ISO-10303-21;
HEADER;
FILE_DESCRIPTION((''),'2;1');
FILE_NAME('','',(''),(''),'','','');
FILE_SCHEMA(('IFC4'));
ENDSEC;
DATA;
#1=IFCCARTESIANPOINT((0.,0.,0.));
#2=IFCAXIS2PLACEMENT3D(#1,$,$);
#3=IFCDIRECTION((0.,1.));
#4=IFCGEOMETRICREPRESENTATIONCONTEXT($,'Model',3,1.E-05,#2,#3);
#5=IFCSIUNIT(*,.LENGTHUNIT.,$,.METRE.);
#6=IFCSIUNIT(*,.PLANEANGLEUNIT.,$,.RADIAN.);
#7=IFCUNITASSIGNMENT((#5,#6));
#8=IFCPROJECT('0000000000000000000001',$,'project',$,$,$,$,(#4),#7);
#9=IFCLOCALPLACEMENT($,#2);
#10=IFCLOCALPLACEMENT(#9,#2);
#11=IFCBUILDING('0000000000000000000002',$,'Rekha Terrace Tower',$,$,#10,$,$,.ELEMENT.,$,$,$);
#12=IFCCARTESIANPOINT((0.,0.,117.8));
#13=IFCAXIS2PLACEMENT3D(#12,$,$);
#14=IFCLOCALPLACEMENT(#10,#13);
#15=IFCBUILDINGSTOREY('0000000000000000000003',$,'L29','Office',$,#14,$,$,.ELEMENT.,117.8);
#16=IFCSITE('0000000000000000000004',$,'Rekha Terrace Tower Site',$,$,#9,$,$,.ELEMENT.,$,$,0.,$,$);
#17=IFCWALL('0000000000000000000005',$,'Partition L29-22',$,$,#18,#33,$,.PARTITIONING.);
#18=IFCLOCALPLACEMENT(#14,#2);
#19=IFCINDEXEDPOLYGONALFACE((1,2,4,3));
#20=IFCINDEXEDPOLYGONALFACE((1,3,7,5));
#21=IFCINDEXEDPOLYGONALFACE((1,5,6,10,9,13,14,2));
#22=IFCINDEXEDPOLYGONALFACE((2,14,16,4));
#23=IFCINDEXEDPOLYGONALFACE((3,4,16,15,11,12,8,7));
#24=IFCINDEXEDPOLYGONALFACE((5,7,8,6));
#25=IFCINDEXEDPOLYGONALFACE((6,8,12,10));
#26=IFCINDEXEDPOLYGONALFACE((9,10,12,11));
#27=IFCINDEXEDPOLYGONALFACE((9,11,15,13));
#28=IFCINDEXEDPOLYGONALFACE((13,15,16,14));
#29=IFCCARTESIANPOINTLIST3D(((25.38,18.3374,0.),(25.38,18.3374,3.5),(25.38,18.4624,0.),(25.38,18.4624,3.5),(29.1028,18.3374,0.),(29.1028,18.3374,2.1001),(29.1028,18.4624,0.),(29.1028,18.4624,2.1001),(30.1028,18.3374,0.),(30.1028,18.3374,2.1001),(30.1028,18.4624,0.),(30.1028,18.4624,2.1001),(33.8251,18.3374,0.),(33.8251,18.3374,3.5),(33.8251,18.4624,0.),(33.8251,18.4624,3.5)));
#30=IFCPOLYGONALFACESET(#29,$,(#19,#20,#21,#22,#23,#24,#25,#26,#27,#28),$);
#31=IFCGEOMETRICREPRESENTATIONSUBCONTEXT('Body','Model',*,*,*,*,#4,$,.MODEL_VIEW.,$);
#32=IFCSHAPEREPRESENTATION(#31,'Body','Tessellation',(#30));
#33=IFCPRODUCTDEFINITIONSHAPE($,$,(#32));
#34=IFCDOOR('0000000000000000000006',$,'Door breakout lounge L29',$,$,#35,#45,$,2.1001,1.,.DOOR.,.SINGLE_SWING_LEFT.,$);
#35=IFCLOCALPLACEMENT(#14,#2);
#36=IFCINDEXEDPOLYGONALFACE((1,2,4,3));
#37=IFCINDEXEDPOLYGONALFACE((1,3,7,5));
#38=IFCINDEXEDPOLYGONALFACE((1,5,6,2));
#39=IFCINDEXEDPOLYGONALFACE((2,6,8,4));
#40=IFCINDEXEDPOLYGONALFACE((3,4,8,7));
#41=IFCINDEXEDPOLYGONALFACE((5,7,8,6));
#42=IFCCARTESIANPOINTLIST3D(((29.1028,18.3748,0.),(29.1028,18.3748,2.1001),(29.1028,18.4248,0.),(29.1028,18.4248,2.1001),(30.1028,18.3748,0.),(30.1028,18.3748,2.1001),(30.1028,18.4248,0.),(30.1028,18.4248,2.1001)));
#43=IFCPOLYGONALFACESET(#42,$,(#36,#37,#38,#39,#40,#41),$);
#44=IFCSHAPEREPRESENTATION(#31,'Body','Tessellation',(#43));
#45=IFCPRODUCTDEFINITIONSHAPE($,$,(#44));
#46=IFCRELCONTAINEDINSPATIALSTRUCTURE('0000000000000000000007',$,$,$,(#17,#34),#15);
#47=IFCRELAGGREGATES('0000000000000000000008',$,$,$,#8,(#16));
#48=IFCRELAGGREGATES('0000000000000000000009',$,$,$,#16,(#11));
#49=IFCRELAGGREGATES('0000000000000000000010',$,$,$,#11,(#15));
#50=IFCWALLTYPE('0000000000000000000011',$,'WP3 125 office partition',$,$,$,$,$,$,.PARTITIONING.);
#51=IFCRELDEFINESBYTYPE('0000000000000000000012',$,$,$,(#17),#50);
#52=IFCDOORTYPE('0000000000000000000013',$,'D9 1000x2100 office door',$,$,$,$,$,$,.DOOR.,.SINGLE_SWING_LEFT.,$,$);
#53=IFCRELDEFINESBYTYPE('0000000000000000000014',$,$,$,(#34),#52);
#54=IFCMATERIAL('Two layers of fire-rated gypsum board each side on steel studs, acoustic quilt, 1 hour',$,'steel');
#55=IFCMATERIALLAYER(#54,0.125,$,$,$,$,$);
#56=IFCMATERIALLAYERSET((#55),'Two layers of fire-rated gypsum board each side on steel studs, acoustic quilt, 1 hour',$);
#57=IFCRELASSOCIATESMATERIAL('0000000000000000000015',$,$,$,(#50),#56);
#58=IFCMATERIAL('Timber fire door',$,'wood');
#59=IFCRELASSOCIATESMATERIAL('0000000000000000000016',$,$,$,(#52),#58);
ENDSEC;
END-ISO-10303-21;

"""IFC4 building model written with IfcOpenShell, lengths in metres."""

from ifc_helpers import new_model, si_unit, direction, frame, frame_2d, origin, place, context, subcontext, project, spatial, rectangle, extrude, material, layer, layer_set, type_object, element, fill, save


model = new_model("IFC4")

# Units and contexts
model_context = context("Model", 3, precision=1e-05, world=origin(), true_north=direction((0.0, 1.0)))
body_context = subcontext(model_context, "Body", "Model", "MODEL_VIEW")
ifc_project = project(units=[si_unit("LENGTHUNIT", "METRE"), si_unit("PLANEANGLEUNIT", "RADIAN")], contexts=[model_context])

# Site, building, storey
site_placement = place(None, origin())
site = spatial("IfcSite", under=ifc_project, at=site_placement, Name="Rekha Terrace Tower Site", CompositionType="ELEMENT", RefElevation=0.0)
building_placement = place(site_placement, origin())
building = spatial("IfcBuilding", under=site, at=building_placement, Name="Rekha Terrace Tower", CompositionType="ELEMENT")
storey_placement = place(building_placement, frame((0.0, 0.0, 117.8)))
storey = spatial("IfcBuildingStorey", under=building, at=storey_placement, Name="L29", Description="Office", CompositionType="ELEMENT", Elevation=117.8)

# Shared definitions
ifc_material_1 = material(Name="Two layers of fire-rated gypsum board each side on steel studs, acoustic quilt, 1 hour", Category="steel")
ifc_layer_1 = layer(ifc_material_1, 0.125)
ifc_layer_set_1 = layer_set([ifc_layer_1], Name="Two layers of fire-rated gypsum board each side on steel studs, acoustic quilt, 1 hour")
wall_type_1 = type_object("IfcWallType", Name="WP3 125 office partition", PredefinedType="PARTITIONING", material=ifc_layer_set_1)

# Wall, opening, door
wall_1_placement = place(storey_placement, frame((25.3799, 18.3999, 0.0), z_axis=(0.0, 0.0, 1.0), x_axis=(1.0, 0.0, 0.0)))
wall_1 = element("IfcWall", 1, at=wall_1_placement, inside=storey, type_object=wall_type_1, Name="Partition L29-22", PredefinedType="PARTITIONING", context=body_context, shape_type="SweptSolid", body=[
    extrude(rectangle(XDim=8.4451, YDim=0.125, at=frame_2d((4.2227, 0.0))), origin(), (0.0, 0.0, 1.0), 3.5),
])
opening_1_placement = place(wall_1_placement, frame((3.7229, 0.0, 0.0)))
opening_1 = element("IfcOpeningElement", 2, at=opening_1_placement, cuts=wall_1, PredefinedType="OPENING", context=body_context, shape_type="SweptSolid", body=[
    extrude(rectangle(XDim=1.0, YDim=2.1001, at=frame_2d((0.5, 1.05))), frame((0.0, 0.0725, 0.0), z_axis=(0.0, -1.0, 0.0), x_axis=(1.0, 0.0, 0.0)), (0.0, 0.0, 1.0), 0.145),
])
ifc_material_2 = material(Name="Timber fire door", Category="wood")
door_type_1 = type_object("IfcDoorType", Name="D9 1000x2100 office door", OperationType="SINGLE_SWING_LEFT", PredefinedType="DOOR", material=ifc_material_2)
door_1_placement = place(opening_1_placement, origin())
door_1 = element("IfcDoor", 3, at=door_1_placement, inside=storey, type_object=door_type_1, Name="Door breakout lounge L29", OperationType="SINGLE_SWING_LEFT", OverallHeight=2.1001, OverallWidth=1.0, PredefinedType="DOOR", context=body_context, shape_type="SweptSolid", body=[
    extrude(rectangle(XDim=1.0, YDim=2.1001, at=frame_2d((0.5, 1.05))), frame((0.0, 0.0249, 0.0), z_axis=(0.0, -1.0, 0.0), x_axis=(1.0, 0.0, 0.0)), (0.0, 0.0, 1.0), 0.05),
])
fill(opening_1, door_1)

save(model, "model.ifc")
